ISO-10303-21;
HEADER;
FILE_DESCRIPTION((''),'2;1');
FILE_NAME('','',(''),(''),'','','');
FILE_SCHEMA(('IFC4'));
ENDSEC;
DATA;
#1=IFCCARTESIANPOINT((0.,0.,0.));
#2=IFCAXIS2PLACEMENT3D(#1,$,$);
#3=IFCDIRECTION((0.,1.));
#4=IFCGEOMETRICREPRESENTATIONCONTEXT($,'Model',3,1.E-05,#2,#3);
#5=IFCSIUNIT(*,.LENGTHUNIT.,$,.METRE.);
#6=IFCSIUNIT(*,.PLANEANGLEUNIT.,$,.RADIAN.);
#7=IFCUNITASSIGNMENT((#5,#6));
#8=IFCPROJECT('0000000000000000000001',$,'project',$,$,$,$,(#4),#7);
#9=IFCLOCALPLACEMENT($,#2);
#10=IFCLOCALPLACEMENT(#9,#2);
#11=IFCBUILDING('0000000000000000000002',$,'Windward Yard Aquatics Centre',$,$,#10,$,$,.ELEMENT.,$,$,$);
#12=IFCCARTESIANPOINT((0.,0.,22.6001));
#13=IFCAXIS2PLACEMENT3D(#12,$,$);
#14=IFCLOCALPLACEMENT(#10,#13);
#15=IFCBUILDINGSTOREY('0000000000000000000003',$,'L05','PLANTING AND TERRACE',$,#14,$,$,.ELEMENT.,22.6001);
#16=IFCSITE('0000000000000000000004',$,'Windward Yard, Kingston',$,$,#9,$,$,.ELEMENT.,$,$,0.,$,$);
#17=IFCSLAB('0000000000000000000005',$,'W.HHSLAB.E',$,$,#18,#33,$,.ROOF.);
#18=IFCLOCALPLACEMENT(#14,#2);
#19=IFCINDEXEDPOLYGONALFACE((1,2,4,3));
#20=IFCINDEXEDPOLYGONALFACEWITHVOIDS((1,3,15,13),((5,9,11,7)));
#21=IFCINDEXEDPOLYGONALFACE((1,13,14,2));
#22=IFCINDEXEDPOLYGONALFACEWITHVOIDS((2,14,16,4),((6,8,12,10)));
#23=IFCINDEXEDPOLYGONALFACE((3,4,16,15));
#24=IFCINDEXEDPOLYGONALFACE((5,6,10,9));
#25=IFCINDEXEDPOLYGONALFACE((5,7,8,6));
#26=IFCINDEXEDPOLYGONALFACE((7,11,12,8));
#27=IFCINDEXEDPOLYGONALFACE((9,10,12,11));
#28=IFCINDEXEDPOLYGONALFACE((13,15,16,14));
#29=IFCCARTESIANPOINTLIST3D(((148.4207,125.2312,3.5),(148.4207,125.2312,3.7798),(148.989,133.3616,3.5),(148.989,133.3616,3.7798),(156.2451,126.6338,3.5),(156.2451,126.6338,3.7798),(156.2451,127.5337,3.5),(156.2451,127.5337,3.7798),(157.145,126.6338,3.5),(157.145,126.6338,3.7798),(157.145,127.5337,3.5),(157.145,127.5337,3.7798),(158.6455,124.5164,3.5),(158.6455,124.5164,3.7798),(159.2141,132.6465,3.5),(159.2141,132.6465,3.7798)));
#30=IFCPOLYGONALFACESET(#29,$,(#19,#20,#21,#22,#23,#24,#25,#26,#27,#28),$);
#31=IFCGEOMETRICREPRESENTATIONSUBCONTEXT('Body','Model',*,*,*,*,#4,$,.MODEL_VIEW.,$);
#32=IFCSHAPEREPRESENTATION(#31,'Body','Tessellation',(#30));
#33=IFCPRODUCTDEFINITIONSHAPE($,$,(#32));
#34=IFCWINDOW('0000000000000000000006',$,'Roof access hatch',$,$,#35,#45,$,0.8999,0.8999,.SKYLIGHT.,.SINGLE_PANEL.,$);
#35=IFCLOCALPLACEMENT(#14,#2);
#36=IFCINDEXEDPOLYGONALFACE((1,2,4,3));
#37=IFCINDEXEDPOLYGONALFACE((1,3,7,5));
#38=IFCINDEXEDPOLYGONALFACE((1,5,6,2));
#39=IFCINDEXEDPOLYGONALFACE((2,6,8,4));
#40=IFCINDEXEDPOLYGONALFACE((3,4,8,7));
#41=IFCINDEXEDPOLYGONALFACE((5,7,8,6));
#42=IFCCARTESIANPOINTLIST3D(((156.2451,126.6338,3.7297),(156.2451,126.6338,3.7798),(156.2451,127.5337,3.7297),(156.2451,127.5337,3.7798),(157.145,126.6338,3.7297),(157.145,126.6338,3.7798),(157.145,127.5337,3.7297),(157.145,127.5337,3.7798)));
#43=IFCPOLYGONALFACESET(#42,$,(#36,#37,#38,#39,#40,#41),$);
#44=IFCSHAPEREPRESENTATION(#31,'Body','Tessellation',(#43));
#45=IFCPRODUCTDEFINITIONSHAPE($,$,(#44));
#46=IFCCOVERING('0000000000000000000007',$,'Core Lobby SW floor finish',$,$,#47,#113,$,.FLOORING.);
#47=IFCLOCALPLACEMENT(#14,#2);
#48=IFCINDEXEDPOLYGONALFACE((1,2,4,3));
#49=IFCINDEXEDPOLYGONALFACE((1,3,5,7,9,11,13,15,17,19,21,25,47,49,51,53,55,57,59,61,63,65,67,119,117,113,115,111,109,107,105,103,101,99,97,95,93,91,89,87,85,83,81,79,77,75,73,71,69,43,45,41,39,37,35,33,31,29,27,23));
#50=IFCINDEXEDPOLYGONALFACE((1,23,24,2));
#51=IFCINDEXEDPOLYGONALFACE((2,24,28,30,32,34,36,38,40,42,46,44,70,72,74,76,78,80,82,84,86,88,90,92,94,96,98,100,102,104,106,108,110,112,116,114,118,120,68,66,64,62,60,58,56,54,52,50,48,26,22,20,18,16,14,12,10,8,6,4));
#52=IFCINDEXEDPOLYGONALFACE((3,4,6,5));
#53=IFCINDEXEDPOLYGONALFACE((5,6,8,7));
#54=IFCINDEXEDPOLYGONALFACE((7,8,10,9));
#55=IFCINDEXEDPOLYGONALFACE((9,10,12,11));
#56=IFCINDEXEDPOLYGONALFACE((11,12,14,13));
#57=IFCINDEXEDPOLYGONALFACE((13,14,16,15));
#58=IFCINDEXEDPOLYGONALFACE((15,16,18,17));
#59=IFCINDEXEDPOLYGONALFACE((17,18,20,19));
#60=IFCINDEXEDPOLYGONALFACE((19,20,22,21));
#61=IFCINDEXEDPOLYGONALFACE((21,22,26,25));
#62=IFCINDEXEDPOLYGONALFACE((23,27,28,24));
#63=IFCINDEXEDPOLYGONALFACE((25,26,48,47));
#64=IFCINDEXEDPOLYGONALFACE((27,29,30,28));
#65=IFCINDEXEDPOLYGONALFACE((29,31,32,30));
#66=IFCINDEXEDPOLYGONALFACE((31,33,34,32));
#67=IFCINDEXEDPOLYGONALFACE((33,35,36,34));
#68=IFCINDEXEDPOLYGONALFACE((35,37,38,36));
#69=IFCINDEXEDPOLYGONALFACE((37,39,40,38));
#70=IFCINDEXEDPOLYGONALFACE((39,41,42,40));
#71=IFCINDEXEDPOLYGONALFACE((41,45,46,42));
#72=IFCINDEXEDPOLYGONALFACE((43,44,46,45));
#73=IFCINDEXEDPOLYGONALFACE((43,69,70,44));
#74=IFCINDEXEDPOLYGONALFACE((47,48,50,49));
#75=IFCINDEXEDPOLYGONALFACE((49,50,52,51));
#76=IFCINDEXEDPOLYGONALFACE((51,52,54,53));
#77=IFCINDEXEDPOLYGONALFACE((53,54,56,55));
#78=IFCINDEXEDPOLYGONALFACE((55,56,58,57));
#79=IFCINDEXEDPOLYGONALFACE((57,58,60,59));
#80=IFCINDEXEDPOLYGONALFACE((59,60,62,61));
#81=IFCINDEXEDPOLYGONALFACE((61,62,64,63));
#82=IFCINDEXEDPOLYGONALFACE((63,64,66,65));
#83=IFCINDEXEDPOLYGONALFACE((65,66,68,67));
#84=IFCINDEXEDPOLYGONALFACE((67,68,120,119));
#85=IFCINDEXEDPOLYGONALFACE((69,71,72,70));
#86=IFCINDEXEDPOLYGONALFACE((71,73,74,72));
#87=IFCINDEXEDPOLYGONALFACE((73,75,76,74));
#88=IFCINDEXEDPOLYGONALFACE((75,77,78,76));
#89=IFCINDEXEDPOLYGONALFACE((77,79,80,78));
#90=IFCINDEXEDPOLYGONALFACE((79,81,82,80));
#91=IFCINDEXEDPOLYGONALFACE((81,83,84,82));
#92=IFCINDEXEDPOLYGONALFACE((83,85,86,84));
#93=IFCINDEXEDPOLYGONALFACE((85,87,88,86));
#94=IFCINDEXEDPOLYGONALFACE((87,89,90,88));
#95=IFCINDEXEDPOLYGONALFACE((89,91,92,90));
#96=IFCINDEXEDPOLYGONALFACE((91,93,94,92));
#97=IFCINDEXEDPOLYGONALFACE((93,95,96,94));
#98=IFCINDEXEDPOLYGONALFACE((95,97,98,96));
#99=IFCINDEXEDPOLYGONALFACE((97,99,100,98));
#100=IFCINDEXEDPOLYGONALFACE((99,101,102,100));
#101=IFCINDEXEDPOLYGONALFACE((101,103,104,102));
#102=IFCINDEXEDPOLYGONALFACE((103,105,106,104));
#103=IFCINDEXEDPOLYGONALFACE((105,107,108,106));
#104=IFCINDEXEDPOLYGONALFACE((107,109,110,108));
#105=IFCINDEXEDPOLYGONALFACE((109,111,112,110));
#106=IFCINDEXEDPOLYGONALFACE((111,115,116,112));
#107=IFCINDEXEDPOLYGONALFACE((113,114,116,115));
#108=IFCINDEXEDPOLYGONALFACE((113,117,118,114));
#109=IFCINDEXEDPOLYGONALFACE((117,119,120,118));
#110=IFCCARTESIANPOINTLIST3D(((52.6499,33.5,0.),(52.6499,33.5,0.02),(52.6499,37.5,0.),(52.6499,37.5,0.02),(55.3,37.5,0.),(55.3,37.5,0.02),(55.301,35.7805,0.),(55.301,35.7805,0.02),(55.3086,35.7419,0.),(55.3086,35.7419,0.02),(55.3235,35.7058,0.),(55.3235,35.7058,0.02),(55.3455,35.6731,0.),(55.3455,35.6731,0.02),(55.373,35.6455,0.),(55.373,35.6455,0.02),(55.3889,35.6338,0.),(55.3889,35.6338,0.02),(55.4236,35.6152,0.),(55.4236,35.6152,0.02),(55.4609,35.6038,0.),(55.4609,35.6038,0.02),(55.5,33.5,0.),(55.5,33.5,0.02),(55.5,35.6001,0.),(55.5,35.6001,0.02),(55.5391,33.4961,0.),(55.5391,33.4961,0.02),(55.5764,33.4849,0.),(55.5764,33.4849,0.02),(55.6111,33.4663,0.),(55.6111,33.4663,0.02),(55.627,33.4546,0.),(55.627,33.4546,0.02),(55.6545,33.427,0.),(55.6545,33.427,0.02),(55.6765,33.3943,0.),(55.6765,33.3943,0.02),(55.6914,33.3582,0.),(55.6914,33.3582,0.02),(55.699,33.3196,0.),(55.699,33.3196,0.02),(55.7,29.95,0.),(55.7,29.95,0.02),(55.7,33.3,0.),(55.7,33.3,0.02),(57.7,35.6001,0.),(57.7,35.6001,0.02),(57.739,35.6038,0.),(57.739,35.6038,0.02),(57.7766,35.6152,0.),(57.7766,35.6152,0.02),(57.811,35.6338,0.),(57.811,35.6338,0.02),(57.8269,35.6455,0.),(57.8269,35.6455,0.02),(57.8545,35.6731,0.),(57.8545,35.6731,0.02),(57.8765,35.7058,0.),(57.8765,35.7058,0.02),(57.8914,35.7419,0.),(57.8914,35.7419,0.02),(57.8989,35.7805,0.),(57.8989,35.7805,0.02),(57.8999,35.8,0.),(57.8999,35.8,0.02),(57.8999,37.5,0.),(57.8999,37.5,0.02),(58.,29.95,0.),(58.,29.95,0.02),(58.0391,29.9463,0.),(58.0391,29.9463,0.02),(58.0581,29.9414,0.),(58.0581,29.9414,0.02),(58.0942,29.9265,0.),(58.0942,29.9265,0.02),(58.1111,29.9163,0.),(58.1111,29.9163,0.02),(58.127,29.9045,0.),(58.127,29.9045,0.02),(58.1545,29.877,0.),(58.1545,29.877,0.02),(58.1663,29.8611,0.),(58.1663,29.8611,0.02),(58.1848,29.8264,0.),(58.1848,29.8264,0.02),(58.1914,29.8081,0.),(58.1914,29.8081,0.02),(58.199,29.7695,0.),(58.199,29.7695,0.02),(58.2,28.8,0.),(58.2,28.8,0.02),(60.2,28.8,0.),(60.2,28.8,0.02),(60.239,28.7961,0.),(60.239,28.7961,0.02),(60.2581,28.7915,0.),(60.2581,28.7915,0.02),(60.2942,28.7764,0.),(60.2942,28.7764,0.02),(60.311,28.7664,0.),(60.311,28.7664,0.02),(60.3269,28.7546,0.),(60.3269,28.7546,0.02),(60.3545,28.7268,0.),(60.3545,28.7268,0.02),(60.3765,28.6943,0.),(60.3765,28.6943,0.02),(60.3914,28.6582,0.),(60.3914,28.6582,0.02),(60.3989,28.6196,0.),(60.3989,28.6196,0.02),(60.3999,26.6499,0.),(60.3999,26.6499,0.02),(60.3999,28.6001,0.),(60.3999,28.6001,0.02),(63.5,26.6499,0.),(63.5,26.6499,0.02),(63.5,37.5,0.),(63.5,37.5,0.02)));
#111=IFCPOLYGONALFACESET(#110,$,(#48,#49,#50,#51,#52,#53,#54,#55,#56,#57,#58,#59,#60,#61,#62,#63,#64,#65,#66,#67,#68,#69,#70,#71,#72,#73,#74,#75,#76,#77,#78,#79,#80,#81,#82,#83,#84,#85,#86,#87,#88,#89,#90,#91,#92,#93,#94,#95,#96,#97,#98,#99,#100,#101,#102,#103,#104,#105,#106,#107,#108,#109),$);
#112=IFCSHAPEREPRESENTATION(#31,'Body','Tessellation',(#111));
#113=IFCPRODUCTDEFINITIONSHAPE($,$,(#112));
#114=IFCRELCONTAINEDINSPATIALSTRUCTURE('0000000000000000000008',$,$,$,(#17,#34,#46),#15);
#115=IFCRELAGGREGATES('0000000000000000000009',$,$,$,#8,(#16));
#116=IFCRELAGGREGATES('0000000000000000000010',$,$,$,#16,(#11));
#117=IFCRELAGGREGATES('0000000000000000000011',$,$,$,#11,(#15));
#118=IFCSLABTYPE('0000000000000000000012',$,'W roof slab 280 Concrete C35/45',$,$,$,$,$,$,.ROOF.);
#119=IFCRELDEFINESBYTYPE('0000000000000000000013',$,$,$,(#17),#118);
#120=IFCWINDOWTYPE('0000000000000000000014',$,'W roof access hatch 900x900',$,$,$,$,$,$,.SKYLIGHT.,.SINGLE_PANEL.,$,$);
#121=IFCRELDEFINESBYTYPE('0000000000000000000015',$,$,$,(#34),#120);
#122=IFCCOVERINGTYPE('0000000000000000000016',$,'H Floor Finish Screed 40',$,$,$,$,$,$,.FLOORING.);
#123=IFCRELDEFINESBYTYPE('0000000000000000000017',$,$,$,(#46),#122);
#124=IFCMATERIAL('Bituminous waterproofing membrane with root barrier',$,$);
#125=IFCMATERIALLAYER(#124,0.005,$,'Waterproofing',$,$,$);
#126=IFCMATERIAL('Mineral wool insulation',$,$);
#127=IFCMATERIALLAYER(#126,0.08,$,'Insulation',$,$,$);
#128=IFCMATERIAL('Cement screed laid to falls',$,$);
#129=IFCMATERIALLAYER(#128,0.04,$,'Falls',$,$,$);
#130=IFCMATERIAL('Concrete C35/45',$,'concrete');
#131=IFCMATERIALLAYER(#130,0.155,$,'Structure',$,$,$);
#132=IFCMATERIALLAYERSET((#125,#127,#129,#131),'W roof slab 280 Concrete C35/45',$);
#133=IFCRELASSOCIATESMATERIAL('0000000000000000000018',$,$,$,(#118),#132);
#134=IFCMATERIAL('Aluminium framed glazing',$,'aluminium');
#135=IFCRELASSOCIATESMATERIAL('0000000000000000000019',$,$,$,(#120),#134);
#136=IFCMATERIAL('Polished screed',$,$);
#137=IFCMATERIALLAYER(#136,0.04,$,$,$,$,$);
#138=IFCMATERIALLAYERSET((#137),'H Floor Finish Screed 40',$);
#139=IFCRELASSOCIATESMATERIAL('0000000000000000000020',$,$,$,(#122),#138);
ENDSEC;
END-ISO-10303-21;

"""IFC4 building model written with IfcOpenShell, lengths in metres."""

from ifc_helpers import new_model, si_unit, direction, frame, origin, origin_2d, place, context, subcontext, project, spatial, polyline, rectangle, outline, extrude, material, layer, layer_set, type_object, element, fill, save


model = new_model("IFC4")

# Units and contexts
model_context = context("Model", 3, precision=1e-05, world=origin(), true_north=direction((0.0, 1.0)))
body_context = subcontext(model_context, "Body", "Model", "MODEL_VIEW")
ifc_project = project(units=[si_unit("LENGTHUNIT", "METRE"), si_unit("PLANEANGLEUNIT", "RADIAN")], contexts=[model_context])

# Site, building, storey
site_placement = place(None, origin())
site = spatial("IfcSite", under=ifc_project, at=site_placement, Name="Windward Yard, Kingston", CompositionType="ELEMENT", RefElevation=0.0)
building_placement = place(site_placement, origin())
building = spatial("IfcBuilding", under=site, at=building_placement, Name="Windward Yard Aquatics Centre", CompositionType="ELEMENT")
storey_placement = place(building_placement, frame((0.0, 0.0, 22.6001)))
storey = spatial("IfcBuildingStorey", under=building, at=storey_placement, Name="L05", Description="PLANTING AND TERRACE", CompositionType="ELEMENT", Elevation=22.6001)

# Shared definitions
ifc_material_1 = material(Name="Concrete C35/45", Category="concrete")
ifc_material_2 = material(Name="Bituminous waterproofing membrane with root barrier")
ifc_material_3 = material(Name="Mineral wool insulation")
ifc_material_4 = material(Name="Cement screed laid to falls")
ifc_layer_1 = layer(ifc_material_2, 0.005, Name="Waterproofing")
ifc_layer_2 = layer(ifc_material_3, 0.08, Name="Insulation")
ifc_layer_3 = layer(ifc_material_4, 0.04, Name="Falls")
ifc_layer_4 = layer(ifc_material_1, 0.155, Name="Structure")
ifc_layer_set_1 = layer_set([ifc_layer_1, ifc_layer_2, ifc_layer_3, ifc_layer_4], Name="W roof slab 280 Concrete C35/45")
slab_type_1 = type_object("IfcSlabType", Name="W roof slab 280 Concrete C35/45", PredefinedType="ROOF", material=ifc_layer_set_1)

# Slab, opening, window
ifc_material_5 = material(Name="Aluminium framed glazing", Category="aluminium")
window_type = type_object("IfcWindowType", Name="W roof access hatch 900x900", PartitioningType="SINGLE_PANEL", PredefinedType="SKYLIGHT", material=ifc_material_5)
slab_1_placement = place(storey_placement, frame((0.0, 0.0, 3.5)))
slab_1 = element("IfcSlab", 1, at=slab_1_placement, inside=storey, type_object=slab_type_1, Name="W.HHSLAB.E", PredefinedType="ROOF", context=body_context, shape_type="SweptSolid", body=[
    extrude(outline(polyline([(148.4207, 125.2312), (158.6455, 124.5164), (159.2141, 132.6465), (148.989, 133.3616), (148.4207, 125.2312)])), origin(), (0.0, 0.0, 1.0), 0.2798),
])
opening_1_placement = place(slab_1_placement, frame((156.6951, 127.0837, 0.0)))
opening_1 = element("IfcOpeningElement", 2, at=opening_1_placement, cuts=slab_1, PredefinedType="OPENING", context=body_context, shape_type="SweptSolid", body=[
    extrude(rectangle(XDim=0.8999, YDim=0.8999, at=origin_2d()), origin(), (0.0, 0.0, 1.0), 0.2798),
])
window_1_placement = place(opening_1_placement, frame((0.0, 0.0, 0.2297)))
window_1 = element("IfcWindow", 3, at=window_1_placement, inside=storey, type_object=window_type, Name="Roof access hatch", OverallHeight=0.8999, OverallWidth=0.8999, PartitioningType="SINGLE_PANEL", PredefinedType="SKYLIGHT", context=body_context, shape_type="SweptSolid", body=[
    extrude(rectangle(XDim=0.8999, YDim=0.8999, at=origin_2d()), origin(), (0.0, 0.0, 1.0), 0.05),
])
fill(opening_1, window_1)

# Covering
ifc_material_6 = material(Name="Polished screed")
ifc_layer_5 = layer(ifc_material_6, 0.04)
ifc_layer_set_2 = layer_set([ifc_layer_5], Name="H Floor Finish Screed 40")
covering_type_1 = type_object("IfcCoveringType", Name="H Floor Finish Screed 40", PredefinedType="FLOORING", material=ifc_layer_set_2)
covering_1_placement = place(storey_placement, origin())
element("IfcCovering", 4, at=covering_1_placement, inside=storey, type_object=covering_type_1, Name="Core Lobby SW floor finish", PredefinedType="FLOORING", context=body_context, shape_type="SweptSolid", body=[
    extrude(outline(polyline([(52.6499, 33.5), (52.6499, 37.5), (55.3, 37.5), (55.301, 35.7805), (55.3086, 35.7419), (55.3235, 35.7058), (55.3455, 35.6731), (55.373, 35.6455), (55.3889, 35.6338), (55.4236, 35.6152), (55.4609, 35.6038), (55.5, 35.6001), (57.7, 35.6001), (57.739, 35.6038), (57.7766, 35.6152), (57.811, 35.6338), (57.8269, 35.6455), (57.8545, 35.6731), (57.8765, 35.7058), (57.8914, 35.7419), (57.8989, 35.7805), (57.8999, 35.8), (57.8999, 37.5), (63.5, 37.5), (63.5, 26.6499), (60.3999, 26.6499), (60.3999, 28.6001), (60.3989, 28.6196), (60.3914, 28.6582), (60.3765, 28.6943), (60.3545, 28.7268), (60.3269, 28.7546), (60.311, 28.7664), (60.2942, 28.7764), (60.2581, 28.7915), (60.239, 28.7961), (60.2, 28.8), (58.2, 28.8), (58.199, 29.7695), (58.1914, 29.8081), (58.1848, 29.8264), (58.1663, 29.8611), (58.1545, 29.877), (58.127, 29.9045), (58.1111, 29.9163), (58.0942, 29.9265), (58.0581, 29.9414), (58.0391, 29.9463), (58.0, 29.95), (55.7, 29.95), (55.7, 33.3), (55.699, 33.3196), (55.6914, 33.3582), (55.6765, 33.3943), (55.6545, 33.427), (55.627, 33.4546), (55.6111, 33.4663), (55.5764, 33.4849), (55.5391, 33.4961), (55.5, 33.5), (52.6499, 33.5)])), origin(), (0.0, 0.0, 1.0), 0.02),
])

save(model, "model.ifc")
